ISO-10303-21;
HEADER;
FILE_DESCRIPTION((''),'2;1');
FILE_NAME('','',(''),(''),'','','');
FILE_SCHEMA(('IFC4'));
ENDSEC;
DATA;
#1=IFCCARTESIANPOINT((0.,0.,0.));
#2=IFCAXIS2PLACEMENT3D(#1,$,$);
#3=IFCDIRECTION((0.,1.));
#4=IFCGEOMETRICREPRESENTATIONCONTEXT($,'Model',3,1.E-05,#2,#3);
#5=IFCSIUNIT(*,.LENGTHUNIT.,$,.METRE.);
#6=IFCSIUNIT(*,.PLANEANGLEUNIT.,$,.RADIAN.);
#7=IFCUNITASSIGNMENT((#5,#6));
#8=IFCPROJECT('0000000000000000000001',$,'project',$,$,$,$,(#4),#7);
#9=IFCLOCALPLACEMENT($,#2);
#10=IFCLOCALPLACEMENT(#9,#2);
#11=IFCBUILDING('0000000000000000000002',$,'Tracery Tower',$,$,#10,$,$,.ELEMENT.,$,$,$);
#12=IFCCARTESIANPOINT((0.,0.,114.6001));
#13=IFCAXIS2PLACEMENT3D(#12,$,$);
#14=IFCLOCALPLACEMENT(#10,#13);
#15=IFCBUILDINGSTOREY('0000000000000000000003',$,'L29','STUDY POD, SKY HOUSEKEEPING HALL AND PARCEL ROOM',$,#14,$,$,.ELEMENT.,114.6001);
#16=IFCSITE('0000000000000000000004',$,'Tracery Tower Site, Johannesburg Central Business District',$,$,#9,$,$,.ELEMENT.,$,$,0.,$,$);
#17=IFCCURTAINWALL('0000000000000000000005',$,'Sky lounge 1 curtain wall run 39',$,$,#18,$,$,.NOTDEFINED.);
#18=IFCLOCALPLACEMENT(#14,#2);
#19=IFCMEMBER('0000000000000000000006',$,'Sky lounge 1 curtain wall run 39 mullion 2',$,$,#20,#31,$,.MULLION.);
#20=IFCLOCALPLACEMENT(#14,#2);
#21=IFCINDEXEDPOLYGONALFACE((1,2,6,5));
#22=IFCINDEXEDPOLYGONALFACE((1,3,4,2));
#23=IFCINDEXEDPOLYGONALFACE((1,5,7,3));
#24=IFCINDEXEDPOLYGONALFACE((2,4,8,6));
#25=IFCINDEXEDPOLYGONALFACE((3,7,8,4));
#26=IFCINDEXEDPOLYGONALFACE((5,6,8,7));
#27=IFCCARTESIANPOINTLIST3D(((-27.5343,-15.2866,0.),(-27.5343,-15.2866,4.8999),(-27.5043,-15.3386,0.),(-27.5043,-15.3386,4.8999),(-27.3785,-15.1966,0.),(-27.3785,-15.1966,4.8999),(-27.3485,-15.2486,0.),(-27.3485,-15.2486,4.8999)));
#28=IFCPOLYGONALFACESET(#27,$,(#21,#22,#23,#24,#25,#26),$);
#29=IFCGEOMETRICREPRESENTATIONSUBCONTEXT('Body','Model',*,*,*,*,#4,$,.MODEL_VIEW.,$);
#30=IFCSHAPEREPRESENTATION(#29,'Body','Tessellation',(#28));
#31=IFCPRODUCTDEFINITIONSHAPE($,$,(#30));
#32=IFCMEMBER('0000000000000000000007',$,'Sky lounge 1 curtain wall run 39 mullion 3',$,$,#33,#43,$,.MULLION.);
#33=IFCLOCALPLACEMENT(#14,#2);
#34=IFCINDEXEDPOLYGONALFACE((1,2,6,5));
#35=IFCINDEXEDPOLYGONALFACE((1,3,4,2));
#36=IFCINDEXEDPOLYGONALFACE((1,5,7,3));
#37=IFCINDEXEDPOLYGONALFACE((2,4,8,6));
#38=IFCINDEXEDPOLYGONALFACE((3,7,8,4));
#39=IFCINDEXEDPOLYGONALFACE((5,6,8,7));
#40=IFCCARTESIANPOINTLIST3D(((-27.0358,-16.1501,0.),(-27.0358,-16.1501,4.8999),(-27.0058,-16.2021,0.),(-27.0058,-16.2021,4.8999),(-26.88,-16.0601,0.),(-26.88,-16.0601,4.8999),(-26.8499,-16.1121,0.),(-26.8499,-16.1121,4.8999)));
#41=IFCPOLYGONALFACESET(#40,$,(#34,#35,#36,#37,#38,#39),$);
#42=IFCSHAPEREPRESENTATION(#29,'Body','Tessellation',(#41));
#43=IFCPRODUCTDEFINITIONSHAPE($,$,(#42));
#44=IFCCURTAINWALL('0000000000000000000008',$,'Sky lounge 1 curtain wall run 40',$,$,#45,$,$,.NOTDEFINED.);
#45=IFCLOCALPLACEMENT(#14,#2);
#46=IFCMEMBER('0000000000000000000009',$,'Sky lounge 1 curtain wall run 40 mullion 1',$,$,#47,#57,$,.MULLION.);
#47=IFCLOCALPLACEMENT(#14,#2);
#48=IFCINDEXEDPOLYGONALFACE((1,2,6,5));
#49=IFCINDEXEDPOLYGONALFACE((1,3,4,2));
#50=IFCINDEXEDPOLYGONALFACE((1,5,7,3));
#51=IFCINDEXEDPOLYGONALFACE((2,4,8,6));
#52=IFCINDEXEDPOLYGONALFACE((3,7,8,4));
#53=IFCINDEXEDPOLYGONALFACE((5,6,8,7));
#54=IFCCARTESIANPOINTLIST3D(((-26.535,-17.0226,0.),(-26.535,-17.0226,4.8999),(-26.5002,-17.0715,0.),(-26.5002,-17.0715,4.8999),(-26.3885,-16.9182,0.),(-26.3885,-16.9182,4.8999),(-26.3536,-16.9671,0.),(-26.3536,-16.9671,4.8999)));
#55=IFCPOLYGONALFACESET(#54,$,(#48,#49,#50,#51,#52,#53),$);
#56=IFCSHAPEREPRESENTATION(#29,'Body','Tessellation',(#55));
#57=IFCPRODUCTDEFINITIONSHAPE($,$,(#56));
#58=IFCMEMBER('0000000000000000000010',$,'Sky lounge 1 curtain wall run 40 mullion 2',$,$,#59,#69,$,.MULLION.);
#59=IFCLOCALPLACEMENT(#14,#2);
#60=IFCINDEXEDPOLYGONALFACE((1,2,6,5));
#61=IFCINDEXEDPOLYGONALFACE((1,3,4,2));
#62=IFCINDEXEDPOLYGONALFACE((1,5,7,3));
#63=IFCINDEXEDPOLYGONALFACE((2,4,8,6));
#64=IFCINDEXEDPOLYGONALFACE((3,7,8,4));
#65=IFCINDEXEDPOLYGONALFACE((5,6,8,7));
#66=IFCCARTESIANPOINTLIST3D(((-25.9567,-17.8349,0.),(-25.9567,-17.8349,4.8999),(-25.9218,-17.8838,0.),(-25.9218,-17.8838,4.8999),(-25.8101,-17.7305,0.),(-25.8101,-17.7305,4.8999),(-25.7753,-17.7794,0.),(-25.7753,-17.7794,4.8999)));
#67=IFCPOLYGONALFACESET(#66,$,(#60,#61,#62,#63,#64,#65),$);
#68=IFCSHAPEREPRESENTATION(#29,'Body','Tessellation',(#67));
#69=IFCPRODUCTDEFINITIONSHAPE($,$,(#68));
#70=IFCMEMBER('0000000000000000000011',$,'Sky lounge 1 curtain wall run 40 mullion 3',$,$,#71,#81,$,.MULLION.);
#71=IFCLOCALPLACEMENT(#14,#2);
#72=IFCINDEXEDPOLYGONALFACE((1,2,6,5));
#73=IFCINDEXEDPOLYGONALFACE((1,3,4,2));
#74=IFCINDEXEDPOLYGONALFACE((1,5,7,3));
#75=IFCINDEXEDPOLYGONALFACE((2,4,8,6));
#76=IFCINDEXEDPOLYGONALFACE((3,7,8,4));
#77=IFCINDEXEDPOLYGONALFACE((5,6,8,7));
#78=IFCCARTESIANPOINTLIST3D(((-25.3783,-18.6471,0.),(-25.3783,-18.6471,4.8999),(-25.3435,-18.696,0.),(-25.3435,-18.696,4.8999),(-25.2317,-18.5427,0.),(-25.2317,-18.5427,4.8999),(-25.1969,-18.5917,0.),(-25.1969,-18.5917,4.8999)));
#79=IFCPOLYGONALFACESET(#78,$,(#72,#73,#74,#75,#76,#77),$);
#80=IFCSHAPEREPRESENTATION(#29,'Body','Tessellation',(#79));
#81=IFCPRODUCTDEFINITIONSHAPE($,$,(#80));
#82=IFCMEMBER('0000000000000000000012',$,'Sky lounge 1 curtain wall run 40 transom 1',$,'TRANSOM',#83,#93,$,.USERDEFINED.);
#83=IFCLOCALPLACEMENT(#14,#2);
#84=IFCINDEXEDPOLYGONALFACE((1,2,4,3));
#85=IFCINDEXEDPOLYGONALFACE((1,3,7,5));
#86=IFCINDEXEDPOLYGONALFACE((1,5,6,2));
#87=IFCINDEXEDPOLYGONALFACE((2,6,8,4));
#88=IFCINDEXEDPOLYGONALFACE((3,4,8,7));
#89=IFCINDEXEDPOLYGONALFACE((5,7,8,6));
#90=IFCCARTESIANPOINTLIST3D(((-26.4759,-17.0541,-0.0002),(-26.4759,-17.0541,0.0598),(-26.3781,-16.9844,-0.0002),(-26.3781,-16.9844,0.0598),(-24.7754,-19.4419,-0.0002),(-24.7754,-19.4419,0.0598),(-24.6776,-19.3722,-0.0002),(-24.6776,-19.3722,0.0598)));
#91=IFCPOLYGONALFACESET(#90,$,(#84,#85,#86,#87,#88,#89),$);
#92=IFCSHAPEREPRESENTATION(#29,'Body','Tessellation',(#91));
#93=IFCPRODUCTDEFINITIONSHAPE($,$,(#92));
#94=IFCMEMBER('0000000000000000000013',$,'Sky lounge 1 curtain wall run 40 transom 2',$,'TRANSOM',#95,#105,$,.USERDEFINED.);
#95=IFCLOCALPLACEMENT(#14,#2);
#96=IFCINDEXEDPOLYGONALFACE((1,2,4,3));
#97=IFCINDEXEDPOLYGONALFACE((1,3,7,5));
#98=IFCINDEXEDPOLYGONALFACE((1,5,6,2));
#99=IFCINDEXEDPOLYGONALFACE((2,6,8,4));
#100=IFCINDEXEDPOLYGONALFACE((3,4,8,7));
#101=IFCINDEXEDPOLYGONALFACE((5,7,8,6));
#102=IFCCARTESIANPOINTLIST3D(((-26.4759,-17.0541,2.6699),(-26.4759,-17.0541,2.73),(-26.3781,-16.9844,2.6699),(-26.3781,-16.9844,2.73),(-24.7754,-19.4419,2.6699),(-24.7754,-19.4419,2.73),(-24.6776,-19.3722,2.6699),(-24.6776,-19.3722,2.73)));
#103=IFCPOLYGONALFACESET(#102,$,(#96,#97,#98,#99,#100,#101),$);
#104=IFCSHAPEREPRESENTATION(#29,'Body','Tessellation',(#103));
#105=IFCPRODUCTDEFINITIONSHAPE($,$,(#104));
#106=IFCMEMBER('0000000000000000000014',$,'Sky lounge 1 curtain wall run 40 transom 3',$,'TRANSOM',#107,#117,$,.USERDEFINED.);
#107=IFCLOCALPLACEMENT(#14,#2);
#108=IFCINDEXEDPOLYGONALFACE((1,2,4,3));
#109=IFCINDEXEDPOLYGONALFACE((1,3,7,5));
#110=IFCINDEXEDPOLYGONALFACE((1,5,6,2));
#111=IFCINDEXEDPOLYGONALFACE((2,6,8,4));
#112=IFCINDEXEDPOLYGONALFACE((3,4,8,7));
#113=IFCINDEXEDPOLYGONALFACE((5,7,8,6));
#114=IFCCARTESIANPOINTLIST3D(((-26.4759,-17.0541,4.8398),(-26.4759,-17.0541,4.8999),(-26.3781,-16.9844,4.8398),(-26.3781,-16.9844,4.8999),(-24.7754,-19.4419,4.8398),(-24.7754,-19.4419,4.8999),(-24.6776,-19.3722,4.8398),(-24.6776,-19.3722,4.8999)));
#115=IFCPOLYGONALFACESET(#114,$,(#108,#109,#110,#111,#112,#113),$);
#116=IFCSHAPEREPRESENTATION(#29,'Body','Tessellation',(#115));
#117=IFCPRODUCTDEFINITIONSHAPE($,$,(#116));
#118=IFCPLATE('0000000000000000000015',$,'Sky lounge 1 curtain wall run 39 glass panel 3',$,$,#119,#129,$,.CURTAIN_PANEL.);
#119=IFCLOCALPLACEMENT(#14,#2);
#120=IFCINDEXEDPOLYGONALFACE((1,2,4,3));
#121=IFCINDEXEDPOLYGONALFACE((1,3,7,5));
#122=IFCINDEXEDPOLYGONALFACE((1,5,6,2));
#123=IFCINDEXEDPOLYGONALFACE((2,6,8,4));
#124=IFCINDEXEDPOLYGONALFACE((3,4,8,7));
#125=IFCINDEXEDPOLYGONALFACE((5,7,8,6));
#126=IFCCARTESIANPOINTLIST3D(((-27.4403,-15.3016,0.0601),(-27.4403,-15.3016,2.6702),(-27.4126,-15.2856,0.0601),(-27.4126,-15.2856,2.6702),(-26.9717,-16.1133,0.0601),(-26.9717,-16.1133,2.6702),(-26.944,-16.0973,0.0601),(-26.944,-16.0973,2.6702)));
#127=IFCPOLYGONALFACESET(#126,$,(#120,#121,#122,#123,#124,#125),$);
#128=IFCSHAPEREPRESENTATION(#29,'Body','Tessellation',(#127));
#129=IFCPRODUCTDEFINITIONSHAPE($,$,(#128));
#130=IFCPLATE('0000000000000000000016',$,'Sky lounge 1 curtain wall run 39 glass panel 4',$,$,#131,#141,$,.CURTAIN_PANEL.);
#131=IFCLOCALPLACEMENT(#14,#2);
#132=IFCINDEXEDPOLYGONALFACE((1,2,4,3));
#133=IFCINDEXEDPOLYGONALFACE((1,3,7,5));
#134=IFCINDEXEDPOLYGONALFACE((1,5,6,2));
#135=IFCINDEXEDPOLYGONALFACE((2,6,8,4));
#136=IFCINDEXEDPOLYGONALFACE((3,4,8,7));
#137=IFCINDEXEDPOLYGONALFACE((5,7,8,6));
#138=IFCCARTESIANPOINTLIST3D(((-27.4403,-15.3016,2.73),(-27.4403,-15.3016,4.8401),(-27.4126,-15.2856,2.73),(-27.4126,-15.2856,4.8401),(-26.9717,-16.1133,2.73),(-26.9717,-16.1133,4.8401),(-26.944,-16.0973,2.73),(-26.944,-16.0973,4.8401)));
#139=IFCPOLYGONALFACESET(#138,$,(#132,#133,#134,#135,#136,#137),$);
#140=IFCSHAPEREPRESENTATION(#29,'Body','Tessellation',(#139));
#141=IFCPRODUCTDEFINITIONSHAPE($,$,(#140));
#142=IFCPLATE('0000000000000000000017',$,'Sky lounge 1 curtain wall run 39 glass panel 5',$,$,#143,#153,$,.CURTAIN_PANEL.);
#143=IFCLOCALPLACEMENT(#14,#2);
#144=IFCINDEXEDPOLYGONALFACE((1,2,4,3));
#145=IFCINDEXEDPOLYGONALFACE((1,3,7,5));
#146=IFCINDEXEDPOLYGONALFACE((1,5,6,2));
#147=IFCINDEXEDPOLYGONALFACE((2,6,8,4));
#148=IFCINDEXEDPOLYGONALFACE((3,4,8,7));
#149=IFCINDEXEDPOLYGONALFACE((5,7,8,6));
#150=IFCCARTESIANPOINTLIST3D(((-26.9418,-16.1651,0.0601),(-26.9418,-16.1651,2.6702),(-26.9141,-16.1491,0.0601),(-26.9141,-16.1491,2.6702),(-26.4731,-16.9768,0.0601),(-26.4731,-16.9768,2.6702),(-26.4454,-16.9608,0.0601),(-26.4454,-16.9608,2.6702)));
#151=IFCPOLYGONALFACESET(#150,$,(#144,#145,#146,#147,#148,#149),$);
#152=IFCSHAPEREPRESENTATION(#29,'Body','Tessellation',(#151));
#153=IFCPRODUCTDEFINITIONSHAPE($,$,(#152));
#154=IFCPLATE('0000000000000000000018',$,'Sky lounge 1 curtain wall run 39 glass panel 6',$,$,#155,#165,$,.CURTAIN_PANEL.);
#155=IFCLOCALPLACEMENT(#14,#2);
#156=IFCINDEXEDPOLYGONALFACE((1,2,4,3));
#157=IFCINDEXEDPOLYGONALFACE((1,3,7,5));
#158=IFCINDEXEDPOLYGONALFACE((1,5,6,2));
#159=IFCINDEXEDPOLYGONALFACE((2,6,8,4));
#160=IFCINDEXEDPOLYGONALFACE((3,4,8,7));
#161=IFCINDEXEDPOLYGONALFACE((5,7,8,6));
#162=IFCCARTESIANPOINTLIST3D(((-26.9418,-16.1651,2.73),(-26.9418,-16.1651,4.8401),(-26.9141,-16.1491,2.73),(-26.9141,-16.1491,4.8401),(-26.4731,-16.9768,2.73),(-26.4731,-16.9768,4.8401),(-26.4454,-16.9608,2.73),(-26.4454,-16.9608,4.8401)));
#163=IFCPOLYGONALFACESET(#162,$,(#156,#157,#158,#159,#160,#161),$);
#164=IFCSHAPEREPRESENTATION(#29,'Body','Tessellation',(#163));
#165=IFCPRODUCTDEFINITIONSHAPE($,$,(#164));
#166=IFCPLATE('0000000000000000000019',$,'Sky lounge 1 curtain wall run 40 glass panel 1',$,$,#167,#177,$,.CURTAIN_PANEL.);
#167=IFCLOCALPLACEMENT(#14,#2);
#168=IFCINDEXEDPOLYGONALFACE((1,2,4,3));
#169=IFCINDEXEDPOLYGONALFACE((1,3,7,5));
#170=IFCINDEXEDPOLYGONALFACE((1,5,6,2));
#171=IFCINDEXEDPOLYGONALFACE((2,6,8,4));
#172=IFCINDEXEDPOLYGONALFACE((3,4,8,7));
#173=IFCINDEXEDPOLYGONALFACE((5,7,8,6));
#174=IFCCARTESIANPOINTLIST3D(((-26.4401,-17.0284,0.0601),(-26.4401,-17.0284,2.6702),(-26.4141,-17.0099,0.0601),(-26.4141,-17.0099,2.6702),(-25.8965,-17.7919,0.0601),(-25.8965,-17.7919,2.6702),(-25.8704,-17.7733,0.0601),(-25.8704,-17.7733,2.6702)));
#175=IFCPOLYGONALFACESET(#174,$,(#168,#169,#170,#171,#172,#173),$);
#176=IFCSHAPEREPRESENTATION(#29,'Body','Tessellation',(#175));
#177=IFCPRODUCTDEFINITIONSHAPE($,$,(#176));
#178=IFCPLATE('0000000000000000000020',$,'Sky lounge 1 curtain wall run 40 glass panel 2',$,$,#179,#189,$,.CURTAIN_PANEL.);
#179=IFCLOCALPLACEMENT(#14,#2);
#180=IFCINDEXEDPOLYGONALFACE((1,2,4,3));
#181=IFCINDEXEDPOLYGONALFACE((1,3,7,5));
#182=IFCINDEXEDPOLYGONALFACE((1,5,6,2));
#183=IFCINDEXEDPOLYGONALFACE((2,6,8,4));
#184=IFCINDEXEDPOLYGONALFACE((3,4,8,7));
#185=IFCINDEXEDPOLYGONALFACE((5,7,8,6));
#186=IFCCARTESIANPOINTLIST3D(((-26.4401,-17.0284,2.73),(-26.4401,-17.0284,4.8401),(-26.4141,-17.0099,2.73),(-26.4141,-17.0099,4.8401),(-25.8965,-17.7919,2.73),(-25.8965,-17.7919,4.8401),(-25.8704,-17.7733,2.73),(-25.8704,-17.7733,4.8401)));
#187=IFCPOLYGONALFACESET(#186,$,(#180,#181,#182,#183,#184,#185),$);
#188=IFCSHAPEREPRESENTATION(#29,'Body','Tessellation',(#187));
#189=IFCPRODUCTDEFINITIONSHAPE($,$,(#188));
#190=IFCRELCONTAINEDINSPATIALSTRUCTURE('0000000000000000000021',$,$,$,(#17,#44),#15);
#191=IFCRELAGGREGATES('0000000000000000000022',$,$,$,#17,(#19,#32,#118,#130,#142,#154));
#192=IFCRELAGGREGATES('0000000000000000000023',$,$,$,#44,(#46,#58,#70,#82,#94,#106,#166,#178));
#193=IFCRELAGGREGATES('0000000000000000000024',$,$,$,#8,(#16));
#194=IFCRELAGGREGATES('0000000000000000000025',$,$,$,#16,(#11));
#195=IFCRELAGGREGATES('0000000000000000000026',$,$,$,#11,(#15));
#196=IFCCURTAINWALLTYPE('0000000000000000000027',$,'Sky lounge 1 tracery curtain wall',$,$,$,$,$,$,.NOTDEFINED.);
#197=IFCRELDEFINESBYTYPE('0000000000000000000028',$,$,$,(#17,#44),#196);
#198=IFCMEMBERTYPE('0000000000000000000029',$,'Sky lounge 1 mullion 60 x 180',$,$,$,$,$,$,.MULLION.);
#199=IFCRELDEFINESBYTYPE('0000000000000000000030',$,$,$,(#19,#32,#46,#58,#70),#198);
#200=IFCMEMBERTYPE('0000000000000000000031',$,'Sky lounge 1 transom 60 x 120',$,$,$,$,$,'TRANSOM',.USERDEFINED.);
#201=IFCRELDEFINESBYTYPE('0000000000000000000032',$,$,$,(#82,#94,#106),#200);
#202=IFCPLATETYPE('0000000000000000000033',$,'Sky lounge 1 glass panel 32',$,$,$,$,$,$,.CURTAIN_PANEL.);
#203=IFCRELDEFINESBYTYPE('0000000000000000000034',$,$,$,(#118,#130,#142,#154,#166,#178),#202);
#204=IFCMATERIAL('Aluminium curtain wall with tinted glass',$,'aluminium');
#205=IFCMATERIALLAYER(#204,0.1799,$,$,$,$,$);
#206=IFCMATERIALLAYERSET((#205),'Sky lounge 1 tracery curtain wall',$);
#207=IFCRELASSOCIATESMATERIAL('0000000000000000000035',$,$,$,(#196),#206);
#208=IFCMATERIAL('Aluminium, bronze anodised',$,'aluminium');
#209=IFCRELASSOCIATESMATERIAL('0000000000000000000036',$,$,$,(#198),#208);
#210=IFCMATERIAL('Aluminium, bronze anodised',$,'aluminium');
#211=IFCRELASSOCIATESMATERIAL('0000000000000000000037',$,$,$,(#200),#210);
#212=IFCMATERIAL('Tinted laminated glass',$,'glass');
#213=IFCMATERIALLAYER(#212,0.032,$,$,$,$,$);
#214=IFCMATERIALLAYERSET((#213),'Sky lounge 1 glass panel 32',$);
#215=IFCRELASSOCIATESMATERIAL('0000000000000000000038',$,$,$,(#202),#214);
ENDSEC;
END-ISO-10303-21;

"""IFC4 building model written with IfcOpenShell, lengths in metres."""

from ifc_helpers import new_model, si_unit, direction, frame, origin, origin_2d, place, context, subcontext, project, spatial, rectangle, extrude, material, layer, layer_set, material_profile, profile_set, type_object, element, aggregate, save


model = new_model("IFC4")

# Units and contexts
model_context = context("Model", 3, precision=1e-05, world=origin(), true_north=direction((0.0, 1.0)))
body_context = subcontext(model_context, "Body", "Model", "MODEL_VIEW")
ifc_project = project(units=[si_unit("LENGTHUNIT", "METRE"), si_unit("PLANEANGLEUNIT", "RADIAN")], contexts=[model_context])

# Site, building, storey
site_placement = place(None, origin())
site = spatial("IfcSite", under=ifc_project, at=site_placement, Name="Tracery Tower Site, Johannesburg Central Business District", CompositionType="ELEMENT", RefElevation=0.0)
building_placement = place(site_placement, origin())
building = spatial("IfcBuilding", under=site, at=building_placement, Name="Tracery Tower", CompositionType="ELEMENT")
storey_placement = place(building_placement, frame((0.0, 0.0, 114.6001)))
storey = spatial("IfcBuildingStorey", under=building, at=storey_placement, Name="L29", Description="STUDY POD, SKY HOUSEKEEPING HALL AND PARCEL ROOM", CompositionType="ELEMENT", Elevation=114.6001)

# Curtain walls, members
ifc_material_1 = material(Name="Aluminium curtain wall with tinted glass", Category="aluminium")
ifc_layer_1 = layer(ifc_material_1, 0.1799)
ifc_layer_set_1 = layer_set([ifc_layer_1], Name="Sky lounge 1 tracery curtain wall")
curtain_wall_type = type_object("IfcCurtainWallType", Name="Sky lounge 1 tracery curtain wall", PredefinedType="NOTDEFINED", material=ifc_layer_set_1)
curtain_wall_1_placement = place(storey_placement, origin())
curtain_wall_1 = element("IfcCurtainWall", 1, at=curtain_wall_1_placement, inside=storey, type_object=curtain_wall_type, Name="Sky lounge 1 curtain wall run 39", PredefinedType="NOTDEFINED")
ifc_material_2 = material(Name="Aluminium, bronze anodised", Category="aluminium")
ifc_material_profile_1 = material_profile(ifc_material_2, rectangle(XDim=0.1799, YDim=0.0601, at=origin_2d()), Name="AL 60x180")
ifc_profile_set_1 = profile_set([ifc_material_profile_1], Name="Aluminium, bronze anodised")
member_type_1 = type_object("IfcMemberType", Name="Sky lounge 1 mullion 60 x 180", PredefinedType="MULLION", material=ifc_profile_set_1)
member_1_placement = place(storey_placement, frame((-27.4414, -15.2676, 0.0), z_axis=(0.0, 0.0, 1.0), x_axis=(0.866025, 0.5, 0.0)))
member_1 = element("IfcMember", 2, at=member_1_placement, type_object=member_type_1, Name="Sky lounge 1 curtain wall run 39 mullion 2", PredefinedType="MULLION", context=body_context, shape_type="SweptSolid", body=[
    extrude(rectangle(XDim=0.1799, YDim=0.0601, at=origin_2d()), origin(), (0.0, 0.0, 1.0), 4.8999),
])
member_2_placement = place(storey_placement, frame((-26.9429, -16.1311, 0.0), z_axis=(0.0, 0.0, 1.0), x_axis=(0.866025, 0.5, 0.0)))
member_2 = element("IfcMember", 3, at=member_2_placement, type_object=member_type_1, Name="Sky lounge 1 curtain wall run 39 mullion 3", PredefinedType="MULLION", context=body_context, shape_type="SweptSolid", body=[
    extrude(rectangle(XDim=0.1799, YDim=0.0601, at=origin_2d()), origin(), (0.0, 0.0, 1.0), 4.8999),
])
curtain_wall_2_placement = place(storey_placement, origin())
curtain_wall_2 = element("IfcCurtainWall", 4, at=curtain_wall_2_placement, inside=storey, type_object=curtain_wall_type, Name="Sky lounge 1 curtain wall run 40", PredefinedType="NOTDEFINED")
member_3_placement = place(storey_placement, frame((-26.4443, -16.9949, 0.0), z_axis=(0.0, 0.0, 1.0), x_axis=(0.814576, 0.580057, 0.0)))
member_3 = element("IfcMember", 5, at=member_3_placement, type_object=member_type_1, Name="Sky lounge 1 curtain wall run 40 mullion 1", PredefinedType="MULLION", context=body_context, shape_type="SweptSolid", body=[
    extrude(rectangle(XDim=0.1799, YDim=0.0601, at=origin_2d()), origin(), (0.0, 0.0, 1.0), 4.8999),
])
member_4_placement = place(storey_placement, frame((-25.866, -17.8071, 0.0), z_axis=(0.0, 0.0, 1.0), x_axis=(0.814576, 0.580057, 0.0)))
member_4 = element("IfcMember", 6, at=member_4_placement, type_object=member_type_1, Name="Sky lounge 1 curtain wall run 40 mullion 2", PredefinedType="MULLION", context=body_context, shape_type="SweptSolid", body=[
    extrude(rectangle(XDim=0.1799, YDim=0.0601, at=origin_2d()), origin(), (0.0, 0.0, 1.0), 4.8999),
])
member_5_placement = place(storey_placement, frame((-25.2876, -18.6194, 0.0), z_axis=(0.0, 0.0, 1.0), x_axis=(0.814576, 0.580057, 0.0)))
member_5 = element("IfcMember", 7, at=member_5_placement, type_object=member_type_1, Name="Sky lounge 1 curtain wall run 40 mullion 3", PredefinedType="MULLION", context=body_context, shape_type="SweptSolid", body=[
    extrude(rectangle(XDim=0.1799, YDim=0.0601, at=origin_2d()), origin(), (0.0, 0.0, 1.0), 4.8999),
])
ifc_material_3 = material(Name="Aluminium, bronze anodised", Category="aluminium")
ifc_material_profile_2 = material_profile(ifc_material_3, rectangle(XDim=0.1201, YDim=0.0601, at=origin_2d()), Name="AL 60x120")
ifc_profile_set_2 = profile_set([ifc_material_profile_2], Name="Aluminium, bronze anodised")
member_type_2 = type_object("IfcMemberType", Name="Sky lounge 1 transom 60 x 120", ElementType="TRANSOM", PredefinedType="USERDEFINED", material=ifc_profile_set_2)
member_6_placement = place(storey_placement, frame((-26.427, -17.0193, 0.0298), z_axis=(0.580095, -0.814549, 0.0), x_axis=(0.814549, 0.580095, 0.0)))
member_6 = element("IfcMember", 8, at=member_6_placement, type_object=member_type_2, Name="Sky lounge 1 curtain wall run 40 transom 1", ObjectType="TRANSOM", PredefinedType="USERDEFINED", context=body_context, shape_type="SweptSolid", body=[
    extrude(rectangle(XDim=0.1201, YDim=0.0601, at=origin_2d()), origin(), (0.0, 0.0, 1.0), 2.9314),
])
member_7_placement = place(storey_placement, frame((-26.427, -17.0193, 2.7), z_axis=(0.580095, -0.814549, 0.0), x_axis=(0.814549, 0.580095, 0.0)))
member_7 = element("IfcMember", 9, at=member_7_placement, type_object=member_type_2, Name="Sky lounge 1 curtain wall run 40 transom 2", ObjectType="TRANSOM", PredefinedType="USERDEFINED", context=body_context, shape_type="SweptSolid", body=[
    extrude(rectangle(XDim=0.1201, YDim=0.0601, at=origin_2d()), origin(), (0.0, 0.0, 1.0), 2.9314),
])
member_8_placement = place(storey_placement, frame((-26.427, -17.0193, 4.8699), z_axis=(0.580095, -0.814549, 0.0), x_axis=(0.814549, 0.580095, 0.0)))
member_8 = element("IfcMember", 10, at=member_8_placement, type_object=member_type_2, Name="Sky lounge 1 curtain wall run 40 transom 3", ObjectType="TRANSOM", PredefinedType="USERDEFINED", context=body_context, shape_type="SweptSolid", body=[
    extrude(rectangle(XDim=0.1201, YDim=0.0601, at=origin_2d()), origin(), (0.0, 0.0, 1.0), 2.9314),
])

# Plates
ifc_material_4 = material(Name="Tinted laminated glass", Category="glass")
ifc_layer_2 = layer(ifc_material_4, 0.032)
ifc_layer_set_2 = layer_set([ifc_layer_2], Name="Sky lounge 1 glass panel 32")
plate_type = type_object("IfcPlateType", Name="Sky lounge 1 glass panel 32", PredefinedType="CURTAIN_PANEL", material=ifc_layer_set_2)
plate_1_placement = place(storey_placement, frame((-27.1921, -15.6995, 0.0601), z_axis=(0.0, 0.0, 1.0), x_axis=(0.5, -0.866025, 0.0)))
plate_1 = element("IfcPlate", 11, at=plate_1_placement, type_object=plate_type, Name="Sky lounge 1 curtain wall run 39 glass panel 3", PredefinedType="CURTAIN_PANEL", context=body_context, shape_type="SweptSolid", body=[
    extrude(rectangle(XDim=0.9373, YDim=0.032, at=origin_2d()), origin(), (0.0, 0.0, 1.0), 2.6101),
])
plate_2_placement = place(storey_placement, frame((-27.1921, -15.6995, 2.73), z_axis=(0.0, 0.0, 1.0), x_axis=(0.5, -0.866025, 0.0)))
plate_2 = element("IfcPlate", 12, at=plate_2_placement, type_object=plate_type, Name="Sky lounge 1 curtain wall run 39 glass panel 4", PredefinedType="CURTAIN_PANEL", context=body_context, shape_type="SweptSolid", body=[
    extrude(rectangle(XDim=0.9373, YDim=0.032, at=origin_2d()), origin(), (0.0, 0.0, 1.0), 2.1101),
])
plate_3_placement = place(storey_placement, frame((-26.6936, -16.563, 0.0601), z_axis=(0.0, 0.0, 1.0), x_axis=(0.5, -0.866025, 0.0)))
plate_3 = element("IfcPlate", 13, at=plate_3_placement, type_object=plate_type, Name="Sky lounge 1 curtain wall run 39 glass panel 5", PredefinedType="CURTAIN_PANEL", context=body_context, shape_type="SweptSolid", body=[
    extrude(rectangle(XDim=0.9373, YDim=0.032, at=origin_2d()), origin(), (0.0, 0.0, 1.0), 2.6101),
])
plate_4_placement = place(storey_placement, frame((-26.6936, -16.563, 2.73), z_axis=(0.0, 0.0, 1.0), x_axis=(0.5, -0.866025, 0.0)))
plate_4 = element("IfcPlate", 14, at=plate_4_placement, type_object=plate_type, Name="Sky lounge 1 curtain wall run 39 glass panel 6", PredefinedType="CURTAIN_PANEL", context=body_context, shape_type="SweptSolid", body=[
    extrude(rectangle(XDim=0.9373, YDim=0.032, at=origin_2d()), origin(), (0.0, 0.0, 1.0), 2.1101),
])
aggregate(curtain_wall_1, [member_1, member_2, plate_1, plate_2, plate_3, plate_4])
plate_5_placement = place(storey_placement, frame((-26.1553, -17.4009, 0.0601), z_axis=(0.0, 0.0, 1.0), x_axis=(0.580057, -0.814576, 0.0)))
plate_5 = element("IfcPlate", 15, at=plate_5_placement, type_object=plate_type, Name="Sky lounge 1 curtain wall run 40 glass panel 1", PredefinedType="CURTAIN_PANEL", context=body_context, shape_type="SweptSolid", body=[
    extrude(rectangle(XDim=0.9373, YDim=0.032, at=origin_2d()), origin(), (0.0, 0.0, 1.0), 2.6101),
])
plate_6_placement = place(storey_placement, frame((-26.1553, -17.4009, 2.73), z_axis=(0.0, 0.0, 1.0), x_axis=(0.580057, -0.814576, 0.0)))
plate_6 = element("IfcPlate", 16, at=plate_6_placement, type_object=plate_type, Name="Sky lounge 1 curtain wall run 40 glass panel 2", PredefinedType="CURTAIN_PANEL", context=body_context, shape_type="SweptSolid", body=[
    extrude(rectangle(XDim=0.9373, YDim=0.032, at=origin_2d()), origin(), (0.0, 0.0, 1.0), 2.1101),
])
aggregate(curtain_wall_2, [member_3, member_4, member_5, member_6, member_7, member_8, plate_5, plate_6])

save(model, "model.ifc")
